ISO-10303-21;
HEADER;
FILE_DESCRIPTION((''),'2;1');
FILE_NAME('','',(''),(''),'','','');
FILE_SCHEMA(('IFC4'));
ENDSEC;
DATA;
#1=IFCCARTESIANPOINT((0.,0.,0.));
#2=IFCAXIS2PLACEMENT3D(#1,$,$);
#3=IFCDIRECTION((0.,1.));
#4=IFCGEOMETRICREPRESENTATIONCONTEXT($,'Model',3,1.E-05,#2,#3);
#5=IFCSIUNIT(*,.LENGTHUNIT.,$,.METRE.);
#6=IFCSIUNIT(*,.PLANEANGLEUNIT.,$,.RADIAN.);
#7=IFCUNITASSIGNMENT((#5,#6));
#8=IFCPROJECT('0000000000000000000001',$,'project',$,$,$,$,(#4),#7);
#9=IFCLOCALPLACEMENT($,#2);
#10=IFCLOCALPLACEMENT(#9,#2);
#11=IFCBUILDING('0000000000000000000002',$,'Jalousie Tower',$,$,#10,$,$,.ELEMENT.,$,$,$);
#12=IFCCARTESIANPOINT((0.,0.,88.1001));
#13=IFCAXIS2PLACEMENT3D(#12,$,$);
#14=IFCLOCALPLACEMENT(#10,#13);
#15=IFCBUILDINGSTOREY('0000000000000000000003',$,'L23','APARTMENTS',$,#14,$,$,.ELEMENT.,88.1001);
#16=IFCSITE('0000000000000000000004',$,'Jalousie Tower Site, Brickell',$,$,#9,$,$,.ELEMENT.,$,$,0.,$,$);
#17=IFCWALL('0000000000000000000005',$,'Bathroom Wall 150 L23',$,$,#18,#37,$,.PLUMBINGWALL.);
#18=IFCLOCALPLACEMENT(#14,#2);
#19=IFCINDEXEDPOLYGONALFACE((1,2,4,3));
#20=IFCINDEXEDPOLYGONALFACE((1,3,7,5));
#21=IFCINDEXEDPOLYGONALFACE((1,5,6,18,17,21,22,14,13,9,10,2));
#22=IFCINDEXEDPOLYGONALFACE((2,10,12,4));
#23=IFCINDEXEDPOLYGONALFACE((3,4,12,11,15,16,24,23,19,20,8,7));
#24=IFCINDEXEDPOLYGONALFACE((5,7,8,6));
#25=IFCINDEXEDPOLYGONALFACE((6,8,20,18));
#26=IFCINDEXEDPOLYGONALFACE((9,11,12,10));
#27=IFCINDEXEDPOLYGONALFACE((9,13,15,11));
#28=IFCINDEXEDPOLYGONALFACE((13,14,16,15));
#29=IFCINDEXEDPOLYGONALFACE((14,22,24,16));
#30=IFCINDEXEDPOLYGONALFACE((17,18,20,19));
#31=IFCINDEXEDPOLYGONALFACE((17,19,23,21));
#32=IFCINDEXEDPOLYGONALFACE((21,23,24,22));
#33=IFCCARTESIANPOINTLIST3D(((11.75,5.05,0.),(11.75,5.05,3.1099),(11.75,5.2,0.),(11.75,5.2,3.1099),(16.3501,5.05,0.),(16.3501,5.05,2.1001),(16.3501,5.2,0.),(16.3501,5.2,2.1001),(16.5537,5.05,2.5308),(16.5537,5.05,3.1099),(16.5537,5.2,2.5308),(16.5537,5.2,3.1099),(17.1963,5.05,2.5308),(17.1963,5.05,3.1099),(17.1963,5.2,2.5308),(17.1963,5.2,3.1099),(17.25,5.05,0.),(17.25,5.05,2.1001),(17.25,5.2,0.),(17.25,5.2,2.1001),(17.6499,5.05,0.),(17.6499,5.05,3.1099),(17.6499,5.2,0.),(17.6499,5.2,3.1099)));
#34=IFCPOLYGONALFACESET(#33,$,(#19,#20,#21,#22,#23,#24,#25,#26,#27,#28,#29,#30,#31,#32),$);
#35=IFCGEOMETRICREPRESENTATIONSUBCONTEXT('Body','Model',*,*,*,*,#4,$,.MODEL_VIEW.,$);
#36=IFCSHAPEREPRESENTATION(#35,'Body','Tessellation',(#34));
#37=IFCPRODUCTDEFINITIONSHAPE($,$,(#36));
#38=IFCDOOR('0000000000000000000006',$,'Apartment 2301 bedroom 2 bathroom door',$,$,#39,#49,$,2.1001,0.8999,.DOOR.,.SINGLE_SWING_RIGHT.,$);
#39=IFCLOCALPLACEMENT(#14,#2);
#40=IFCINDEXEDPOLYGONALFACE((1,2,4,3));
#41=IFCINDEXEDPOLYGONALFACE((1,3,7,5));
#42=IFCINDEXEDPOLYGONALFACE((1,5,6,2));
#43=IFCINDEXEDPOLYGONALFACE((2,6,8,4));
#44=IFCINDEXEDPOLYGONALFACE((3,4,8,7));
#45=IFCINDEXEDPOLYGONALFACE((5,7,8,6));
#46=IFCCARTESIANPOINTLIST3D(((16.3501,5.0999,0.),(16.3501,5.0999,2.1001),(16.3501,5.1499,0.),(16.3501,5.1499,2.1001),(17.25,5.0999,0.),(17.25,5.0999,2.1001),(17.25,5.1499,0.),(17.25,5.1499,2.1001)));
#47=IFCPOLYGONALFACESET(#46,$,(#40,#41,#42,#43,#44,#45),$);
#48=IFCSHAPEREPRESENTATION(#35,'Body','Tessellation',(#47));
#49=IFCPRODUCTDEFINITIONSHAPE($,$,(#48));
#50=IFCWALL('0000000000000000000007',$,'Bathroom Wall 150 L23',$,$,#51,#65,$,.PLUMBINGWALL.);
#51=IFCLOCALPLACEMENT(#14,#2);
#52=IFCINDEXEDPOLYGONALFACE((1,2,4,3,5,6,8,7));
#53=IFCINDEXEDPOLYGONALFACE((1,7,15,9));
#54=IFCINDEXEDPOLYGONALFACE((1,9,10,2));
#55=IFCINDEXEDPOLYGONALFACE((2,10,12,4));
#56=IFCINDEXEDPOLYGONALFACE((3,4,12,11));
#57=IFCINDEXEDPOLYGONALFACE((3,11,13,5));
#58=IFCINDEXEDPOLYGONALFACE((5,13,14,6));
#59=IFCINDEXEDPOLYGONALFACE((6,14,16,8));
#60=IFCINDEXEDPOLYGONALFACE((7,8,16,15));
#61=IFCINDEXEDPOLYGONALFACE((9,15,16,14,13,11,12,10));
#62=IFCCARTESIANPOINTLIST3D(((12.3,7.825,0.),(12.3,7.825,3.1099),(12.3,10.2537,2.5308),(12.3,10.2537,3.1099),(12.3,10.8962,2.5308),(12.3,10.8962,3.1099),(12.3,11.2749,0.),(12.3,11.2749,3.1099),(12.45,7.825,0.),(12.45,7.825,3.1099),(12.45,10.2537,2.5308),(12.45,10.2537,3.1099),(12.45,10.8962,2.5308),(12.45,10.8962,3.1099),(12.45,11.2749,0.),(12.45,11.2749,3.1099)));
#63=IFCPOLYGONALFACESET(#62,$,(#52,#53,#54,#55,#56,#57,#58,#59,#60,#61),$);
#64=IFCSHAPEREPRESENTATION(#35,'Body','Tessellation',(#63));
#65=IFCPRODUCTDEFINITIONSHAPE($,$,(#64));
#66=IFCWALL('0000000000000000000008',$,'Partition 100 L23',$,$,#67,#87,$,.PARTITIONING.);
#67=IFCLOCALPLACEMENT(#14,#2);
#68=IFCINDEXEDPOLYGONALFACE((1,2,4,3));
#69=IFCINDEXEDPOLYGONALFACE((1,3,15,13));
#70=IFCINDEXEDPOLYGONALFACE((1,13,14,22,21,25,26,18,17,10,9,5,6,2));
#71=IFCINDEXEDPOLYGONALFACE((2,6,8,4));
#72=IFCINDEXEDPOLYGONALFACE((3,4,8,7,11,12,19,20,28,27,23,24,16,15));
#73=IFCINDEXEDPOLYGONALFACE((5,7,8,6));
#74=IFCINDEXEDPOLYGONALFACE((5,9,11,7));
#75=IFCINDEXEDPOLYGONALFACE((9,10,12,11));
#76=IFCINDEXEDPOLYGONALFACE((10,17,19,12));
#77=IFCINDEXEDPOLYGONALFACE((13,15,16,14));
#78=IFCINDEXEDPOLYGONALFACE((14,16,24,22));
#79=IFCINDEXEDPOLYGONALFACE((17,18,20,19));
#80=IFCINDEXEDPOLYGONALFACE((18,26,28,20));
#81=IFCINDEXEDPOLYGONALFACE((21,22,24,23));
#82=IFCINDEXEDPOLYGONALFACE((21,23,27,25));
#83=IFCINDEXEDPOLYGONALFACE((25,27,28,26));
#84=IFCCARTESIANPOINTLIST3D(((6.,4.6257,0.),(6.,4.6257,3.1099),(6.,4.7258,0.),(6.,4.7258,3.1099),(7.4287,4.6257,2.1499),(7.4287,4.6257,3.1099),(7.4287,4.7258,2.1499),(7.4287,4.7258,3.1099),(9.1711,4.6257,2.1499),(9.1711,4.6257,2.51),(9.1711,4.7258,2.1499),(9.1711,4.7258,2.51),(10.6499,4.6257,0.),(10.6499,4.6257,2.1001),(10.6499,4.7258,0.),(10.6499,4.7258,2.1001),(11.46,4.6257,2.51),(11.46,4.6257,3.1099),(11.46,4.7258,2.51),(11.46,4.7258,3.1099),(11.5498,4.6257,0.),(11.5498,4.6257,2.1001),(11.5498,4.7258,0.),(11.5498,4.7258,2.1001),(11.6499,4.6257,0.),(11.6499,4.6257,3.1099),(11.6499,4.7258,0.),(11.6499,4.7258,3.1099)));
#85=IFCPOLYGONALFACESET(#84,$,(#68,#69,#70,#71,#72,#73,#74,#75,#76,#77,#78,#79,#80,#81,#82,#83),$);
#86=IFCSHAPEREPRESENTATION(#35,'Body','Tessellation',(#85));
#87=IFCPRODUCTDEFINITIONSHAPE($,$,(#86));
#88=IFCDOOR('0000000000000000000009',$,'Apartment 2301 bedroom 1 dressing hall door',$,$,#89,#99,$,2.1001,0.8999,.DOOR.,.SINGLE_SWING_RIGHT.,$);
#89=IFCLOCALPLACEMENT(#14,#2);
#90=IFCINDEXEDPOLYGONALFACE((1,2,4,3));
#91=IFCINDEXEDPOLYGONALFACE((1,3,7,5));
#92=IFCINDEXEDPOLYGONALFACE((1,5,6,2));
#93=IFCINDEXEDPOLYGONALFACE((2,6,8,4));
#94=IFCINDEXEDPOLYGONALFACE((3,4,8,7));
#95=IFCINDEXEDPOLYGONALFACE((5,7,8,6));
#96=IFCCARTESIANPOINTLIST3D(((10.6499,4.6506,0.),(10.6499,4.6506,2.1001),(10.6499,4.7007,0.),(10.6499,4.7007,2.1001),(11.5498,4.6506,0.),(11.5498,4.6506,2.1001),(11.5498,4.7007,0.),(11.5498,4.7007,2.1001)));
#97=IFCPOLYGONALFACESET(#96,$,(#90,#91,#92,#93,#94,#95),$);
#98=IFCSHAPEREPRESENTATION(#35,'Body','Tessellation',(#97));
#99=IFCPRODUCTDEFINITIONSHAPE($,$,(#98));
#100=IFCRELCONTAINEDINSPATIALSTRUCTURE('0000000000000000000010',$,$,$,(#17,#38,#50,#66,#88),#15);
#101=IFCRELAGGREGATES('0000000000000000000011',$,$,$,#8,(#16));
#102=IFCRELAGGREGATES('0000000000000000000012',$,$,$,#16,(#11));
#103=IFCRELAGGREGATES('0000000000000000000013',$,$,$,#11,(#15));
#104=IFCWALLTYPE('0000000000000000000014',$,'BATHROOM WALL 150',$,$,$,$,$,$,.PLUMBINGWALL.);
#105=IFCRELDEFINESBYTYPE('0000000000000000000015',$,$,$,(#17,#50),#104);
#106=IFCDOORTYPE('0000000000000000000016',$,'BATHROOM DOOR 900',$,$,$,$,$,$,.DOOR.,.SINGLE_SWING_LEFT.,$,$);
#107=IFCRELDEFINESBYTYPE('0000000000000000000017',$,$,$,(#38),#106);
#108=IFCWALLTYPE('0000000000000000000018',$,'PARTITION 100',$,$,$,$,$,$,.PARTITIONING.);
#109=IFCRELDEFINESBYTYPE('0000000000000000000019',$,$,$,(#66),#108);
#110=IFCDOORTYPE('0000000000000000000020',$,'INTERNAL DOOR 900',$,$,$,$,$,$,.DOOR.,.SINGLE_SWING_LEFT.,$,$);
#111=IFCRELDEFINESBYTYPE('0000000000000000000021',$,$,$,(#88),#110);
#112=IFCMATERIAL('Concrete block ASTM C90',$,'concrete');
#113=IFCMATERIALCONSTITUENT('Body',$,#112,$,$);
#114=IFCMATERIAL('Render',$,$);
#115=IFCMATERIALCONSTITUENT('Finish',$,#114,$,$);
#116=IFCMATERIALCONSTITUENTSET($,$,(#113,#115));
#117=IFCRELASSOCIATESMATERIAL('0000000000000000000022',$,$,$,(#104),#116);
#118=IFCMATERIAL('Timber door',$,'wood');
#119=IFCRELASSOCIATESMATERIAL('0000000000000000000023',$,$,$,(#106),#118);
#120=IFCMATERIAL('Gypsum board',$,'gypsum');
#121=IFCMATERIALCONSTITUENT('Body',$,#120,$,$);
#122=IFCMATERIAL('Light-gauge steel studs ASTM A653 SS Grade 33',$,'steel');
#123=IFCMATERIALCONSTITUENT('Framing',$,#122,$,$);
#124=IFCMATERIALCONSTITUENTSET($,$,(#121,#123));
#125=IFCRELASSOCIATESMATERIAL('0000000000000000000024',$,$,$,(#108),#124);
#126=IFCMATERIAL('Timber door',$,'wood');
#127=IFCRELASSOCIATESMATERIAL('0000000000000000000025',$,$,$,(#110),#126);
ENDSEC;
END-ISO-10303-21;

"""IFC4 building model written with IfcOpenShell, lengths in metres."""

from ifc_helpers import new_model, si_unit, direction, frame, frame_2d, origin, place, context, subcontext, project, spatial, polyline, rectangle, outline, extrude, material, constituent, constituent_set, type_object, element, fill, save


model = new_model("IFC4")

# Units and contexts
model_context = context("Model", 3, precision=1e-05, world=origin(), true_north=direction((0.0, 1.0)))
body_context = subcontext(model_context, "Body", "Model", "MODEL_VIEW")
ifc_project = project(units=[si_unit("LENGTHUNIT", "METRE"), si_unit("PLANEANGLEUNIT", "RADIAN")], contexts=[model_context])

# Site, building, storey
site_placement = place(None, origin())
site = spatial("IfcSite", under=ifc_project, at=site_placement, Name="Jalousie Tower Site, Brickell", CompositionType="ELEMENT", RefElevation=0.0)
building_placement = place(site_placement, origin())
building = spatial("IfcBuilding", under=site, at=building_placement, Name="Jalousie Tower", CompositionType="ELEMENT")
storey_placement = place(building_placement, frame((0.0, 0.0, 88.1001)))
storey = spatial("IfcBuildingStorey", under=building, at=storey_placement, Name="L23", Description="APARTMENTS", CompositionType="ELEMENT", Elevation=88.1001)

# Wall, opening, door
ifc_material_1 = material(Name="Concrete block ASTM C90", Category="concrete")
ifc_constituent_1 = constituent(ifc_material_1, Name="Body")
ifc_material_2 = material(Name="Render")
ifc_constituent_2 = constituent(ifc_material_2, Name="Finish")
ifc_constituent_set_1 = constituent_set(constituents=[ifc_constituent_1, ifc_constituent_2])
wall_type_1 = type_object("IfcWallType", Name="BATHROOM WALL 150", PredefinedType="PLUMBINGWALL", material=ifc_constituent_set_1)
wall_1_placement = place(storey_placement, frame((11.75, 5.125, 0.0), z_axis=(0.0, 0.0, 1.0), x_axis=(1.0, 0.0, 0.0)))
wall_1 = element("IfcWall", 1, at=wall_1_placement, inside=storey, type_object=wall_type_1, Name="Bathroom Wall 150 L23", PredefinedType="PLUMBINGWALL", context=body_context, shape_type="SweptSolid", body=[
    extrude(outline(polyline([(0.0, 0.0), (5.8999, 0.0), (5.8999, 3.1099), (5.4463, 3.1099), (5.4463, 2.5308), (4.8037, 2.5308), (4.8037, 3.1099), (0.0, 3.1099), (0.0, 0.0)])), frame((0.0, 0.075, 0.0), z_axis=(0.0, -1.0, 0.0), x_axis=(1.0, 0.0, 0.0)), (0.0, 0.0, 1.0), 0.1499),
])
opening_1_placement = place(wall_1_placement, frame((4.6001, 0.0, 0.0)))
opening_1 = element("IfcOpeningElement", 2, at=opening_1_placement, cuts=wall_1, PredefinedType="OPENING", context=body_context, shape_type="SweptSolid", body=[
    extrude(rectangle(XDim=0.8999, YDim=2.1001, at=frame_2d((0.45, 1.05))), frame((0.0, 0.085, 0.0), z_axis=(0.0, -1.0, 0.0), x_axis=(1.0, 0.0, 0.0)), (0.0, 0.0, 1.0), 0.1699),
])
ifc_material_3 = material(Name="Timber door", Category="wood")
door_type_1 = type_object("IfcDoorType", Name="BATHROOM DOOR 900", OperationType="SINGLE_SWING_LEFT", PredefinedType="DOOR", material=ifc_material_3)
door_1_placement = place(opening_1_placement, origin())
door_1 = element("IfcDoor", 3, at=door_1_placement, inside=storey, type_object=door_type_1, Name="Apartment 2301 bedroom 2 bathroom door", OperationType="SINGLE_SWING_RIGHT", OverallHeight=2.1001, OverallWidth=0.8999, PredefinedType="DOOR", context=body_context, shape_type="SweptSolid", body=[
    extrude(rectangle(XDim=0.8999, YDim=2.1001, at=frame_2d((0.45, 1.05))), frame((0.0, 0.0249, 0.0), z_axis=(0.0, -1.0, 0.0), x_axis=(1.0, 0.0, 0.0)), (0.0, 0.0, 1.0), 0.05),
])
fill(opening_1, door_1)

# Wall
wall_2_placement = place(storey_placement, frame((12.375, 7.825, 0.0), z_axis=(0.0, 0.0, 1.0), x_axis=(0.0, 1.0, 0.0)))
element("IfcWall", 4, at=wall_2_placement, inside=storey, type_object=wall_type_1, Name="Bathroom Wall 150 L23", PredefinedType="PLUMBINGWALL", context=body_context, shape_type="SweptSolid", body=[
    extrude(outline(polyline([(0.0, 0.0), (3.45, 0.0), (3.45, 3.1099), (3.0713, 3.1099), (3.0713, 2.5308), (2.4287, 2.5308), (2.4287, 3.1099), (0.0, 3.1099), (0.0, 0.0)])), frame((0.0, 0.075, 0.0), z_axis=(0.0, -1.0, 0.0), x_axis=(1.0, 0.0, 0.0)), (0.0, 0.0, 1.0), 0.1499),
])

# Wall, opening, door
ifc_material_4 = material(Name="Gypsum board", Category="gypsum")
ifc_constituent_3 = constituent(ifc_material_4, Name="Body")
ifc_material_5 = material(Name="Light-gauge steel studs ASTM A653 SS Grade 33", Category="steel")
ifc_constituent_4 = constituent(ifc_material_5, Name="Framing")
ifc_constituent_set_2 = constituent_set(constituents=[ifc_constituent_3, ifc_constituent_4])
wall_type_2 = type_object("IfcWallType", Name="PARTITION 100", PredefinedType="PARTITIONING", material=ifc_constituent_set_2)
wall_3_placement = place(storey_placement, frame((6.0, 4.6758, 0.0), z_axis=(0.0, 0.0, 1.0), x_axis=(1.0, 0.0, 0.0)))
wall_3 = element("IfcWall", 5, at=wall_3_placement, inside=storey, type_object=wall_type_2, Name="Partition 100 L23", PredefinedType="PARTITIONING", context=body_context, shape_type="SweptSolid", body=[
    extrude(outline(polyline([(0.0, 0.0), (5.6499, 0.0), (5.6499, 3.1099), (5.46, 3.1099), (5.46, 2.51), (3.1711, 2.51), (3.1711, 2.1499), (1.4287, 2.1499), (1.4287, 3.1099), (0.0, 3.1099), (0.0, 0.0)])), frame((0.0, 0.05, 0.0), z_axis=(0.0, -1.0, 0.0), x_axis=(1.0, 0.0, 0.0)), (0.0, 0.0, 1.0), 0.1001),
])
opening_2_placement = place(wall_3_placement, frame((4.6499, 0.0, 0.0)))
opening_2 = element("IfcOpeningElement", 6, at=opening_2_placement, cuts=wall_3, PredefinedType="OPENING", context=body_context, shape_type="SweptSolid", body=[
    extrude(rectangle(XDim=0.8999, YDim=2.1001, at=frame_2d((0.45, 1.05))), frame((0.0, 0.0601, 0.0), z_axis=(0.0, -1.0, 0.0), x_axis=(1.0, 0.0, 0.0)), (0.0, 0.0, 1.0), 0.1201),
])
ifc_material_6 = material(Name="Timber door", Category="wood")
door_type_2 = type_object("IfcDoorType", Name="INTERNAL DOOR 900", OperationType="SINGLE_SWING_LEFT", PredefinedType="DOOR", material=ifc_material_6)
door_2_placement = place(opening_2_placement, origin())
door_2 = element("IfcDoor", 7, at=door_2_placement, inside=storey, type_object=door_type_2, Name="Apartment 2301 bedroom 1 dressing hall door", OperationType="SINGLE_SWING_RIGHT", OverallHeight=2.1001, OverallWidth=0.8999, PredefinedType="DOOR", context=body_context, shape_type="SweptSolid", body=[
    extrude(rectangle(XDim=0.8999, YDim=2.1001, at=frame_2d((0.45, 1.05))), frame((0.0, 0.0249, 0.0), z_axis=(0.0, -1.0, 0.0), x_axis=(1.0, 0.0, 0.0)), (0.0, 0.0, 1.0), 0.05),
])
fill(opening_2, door_2)

save(model, "model.ifc")
